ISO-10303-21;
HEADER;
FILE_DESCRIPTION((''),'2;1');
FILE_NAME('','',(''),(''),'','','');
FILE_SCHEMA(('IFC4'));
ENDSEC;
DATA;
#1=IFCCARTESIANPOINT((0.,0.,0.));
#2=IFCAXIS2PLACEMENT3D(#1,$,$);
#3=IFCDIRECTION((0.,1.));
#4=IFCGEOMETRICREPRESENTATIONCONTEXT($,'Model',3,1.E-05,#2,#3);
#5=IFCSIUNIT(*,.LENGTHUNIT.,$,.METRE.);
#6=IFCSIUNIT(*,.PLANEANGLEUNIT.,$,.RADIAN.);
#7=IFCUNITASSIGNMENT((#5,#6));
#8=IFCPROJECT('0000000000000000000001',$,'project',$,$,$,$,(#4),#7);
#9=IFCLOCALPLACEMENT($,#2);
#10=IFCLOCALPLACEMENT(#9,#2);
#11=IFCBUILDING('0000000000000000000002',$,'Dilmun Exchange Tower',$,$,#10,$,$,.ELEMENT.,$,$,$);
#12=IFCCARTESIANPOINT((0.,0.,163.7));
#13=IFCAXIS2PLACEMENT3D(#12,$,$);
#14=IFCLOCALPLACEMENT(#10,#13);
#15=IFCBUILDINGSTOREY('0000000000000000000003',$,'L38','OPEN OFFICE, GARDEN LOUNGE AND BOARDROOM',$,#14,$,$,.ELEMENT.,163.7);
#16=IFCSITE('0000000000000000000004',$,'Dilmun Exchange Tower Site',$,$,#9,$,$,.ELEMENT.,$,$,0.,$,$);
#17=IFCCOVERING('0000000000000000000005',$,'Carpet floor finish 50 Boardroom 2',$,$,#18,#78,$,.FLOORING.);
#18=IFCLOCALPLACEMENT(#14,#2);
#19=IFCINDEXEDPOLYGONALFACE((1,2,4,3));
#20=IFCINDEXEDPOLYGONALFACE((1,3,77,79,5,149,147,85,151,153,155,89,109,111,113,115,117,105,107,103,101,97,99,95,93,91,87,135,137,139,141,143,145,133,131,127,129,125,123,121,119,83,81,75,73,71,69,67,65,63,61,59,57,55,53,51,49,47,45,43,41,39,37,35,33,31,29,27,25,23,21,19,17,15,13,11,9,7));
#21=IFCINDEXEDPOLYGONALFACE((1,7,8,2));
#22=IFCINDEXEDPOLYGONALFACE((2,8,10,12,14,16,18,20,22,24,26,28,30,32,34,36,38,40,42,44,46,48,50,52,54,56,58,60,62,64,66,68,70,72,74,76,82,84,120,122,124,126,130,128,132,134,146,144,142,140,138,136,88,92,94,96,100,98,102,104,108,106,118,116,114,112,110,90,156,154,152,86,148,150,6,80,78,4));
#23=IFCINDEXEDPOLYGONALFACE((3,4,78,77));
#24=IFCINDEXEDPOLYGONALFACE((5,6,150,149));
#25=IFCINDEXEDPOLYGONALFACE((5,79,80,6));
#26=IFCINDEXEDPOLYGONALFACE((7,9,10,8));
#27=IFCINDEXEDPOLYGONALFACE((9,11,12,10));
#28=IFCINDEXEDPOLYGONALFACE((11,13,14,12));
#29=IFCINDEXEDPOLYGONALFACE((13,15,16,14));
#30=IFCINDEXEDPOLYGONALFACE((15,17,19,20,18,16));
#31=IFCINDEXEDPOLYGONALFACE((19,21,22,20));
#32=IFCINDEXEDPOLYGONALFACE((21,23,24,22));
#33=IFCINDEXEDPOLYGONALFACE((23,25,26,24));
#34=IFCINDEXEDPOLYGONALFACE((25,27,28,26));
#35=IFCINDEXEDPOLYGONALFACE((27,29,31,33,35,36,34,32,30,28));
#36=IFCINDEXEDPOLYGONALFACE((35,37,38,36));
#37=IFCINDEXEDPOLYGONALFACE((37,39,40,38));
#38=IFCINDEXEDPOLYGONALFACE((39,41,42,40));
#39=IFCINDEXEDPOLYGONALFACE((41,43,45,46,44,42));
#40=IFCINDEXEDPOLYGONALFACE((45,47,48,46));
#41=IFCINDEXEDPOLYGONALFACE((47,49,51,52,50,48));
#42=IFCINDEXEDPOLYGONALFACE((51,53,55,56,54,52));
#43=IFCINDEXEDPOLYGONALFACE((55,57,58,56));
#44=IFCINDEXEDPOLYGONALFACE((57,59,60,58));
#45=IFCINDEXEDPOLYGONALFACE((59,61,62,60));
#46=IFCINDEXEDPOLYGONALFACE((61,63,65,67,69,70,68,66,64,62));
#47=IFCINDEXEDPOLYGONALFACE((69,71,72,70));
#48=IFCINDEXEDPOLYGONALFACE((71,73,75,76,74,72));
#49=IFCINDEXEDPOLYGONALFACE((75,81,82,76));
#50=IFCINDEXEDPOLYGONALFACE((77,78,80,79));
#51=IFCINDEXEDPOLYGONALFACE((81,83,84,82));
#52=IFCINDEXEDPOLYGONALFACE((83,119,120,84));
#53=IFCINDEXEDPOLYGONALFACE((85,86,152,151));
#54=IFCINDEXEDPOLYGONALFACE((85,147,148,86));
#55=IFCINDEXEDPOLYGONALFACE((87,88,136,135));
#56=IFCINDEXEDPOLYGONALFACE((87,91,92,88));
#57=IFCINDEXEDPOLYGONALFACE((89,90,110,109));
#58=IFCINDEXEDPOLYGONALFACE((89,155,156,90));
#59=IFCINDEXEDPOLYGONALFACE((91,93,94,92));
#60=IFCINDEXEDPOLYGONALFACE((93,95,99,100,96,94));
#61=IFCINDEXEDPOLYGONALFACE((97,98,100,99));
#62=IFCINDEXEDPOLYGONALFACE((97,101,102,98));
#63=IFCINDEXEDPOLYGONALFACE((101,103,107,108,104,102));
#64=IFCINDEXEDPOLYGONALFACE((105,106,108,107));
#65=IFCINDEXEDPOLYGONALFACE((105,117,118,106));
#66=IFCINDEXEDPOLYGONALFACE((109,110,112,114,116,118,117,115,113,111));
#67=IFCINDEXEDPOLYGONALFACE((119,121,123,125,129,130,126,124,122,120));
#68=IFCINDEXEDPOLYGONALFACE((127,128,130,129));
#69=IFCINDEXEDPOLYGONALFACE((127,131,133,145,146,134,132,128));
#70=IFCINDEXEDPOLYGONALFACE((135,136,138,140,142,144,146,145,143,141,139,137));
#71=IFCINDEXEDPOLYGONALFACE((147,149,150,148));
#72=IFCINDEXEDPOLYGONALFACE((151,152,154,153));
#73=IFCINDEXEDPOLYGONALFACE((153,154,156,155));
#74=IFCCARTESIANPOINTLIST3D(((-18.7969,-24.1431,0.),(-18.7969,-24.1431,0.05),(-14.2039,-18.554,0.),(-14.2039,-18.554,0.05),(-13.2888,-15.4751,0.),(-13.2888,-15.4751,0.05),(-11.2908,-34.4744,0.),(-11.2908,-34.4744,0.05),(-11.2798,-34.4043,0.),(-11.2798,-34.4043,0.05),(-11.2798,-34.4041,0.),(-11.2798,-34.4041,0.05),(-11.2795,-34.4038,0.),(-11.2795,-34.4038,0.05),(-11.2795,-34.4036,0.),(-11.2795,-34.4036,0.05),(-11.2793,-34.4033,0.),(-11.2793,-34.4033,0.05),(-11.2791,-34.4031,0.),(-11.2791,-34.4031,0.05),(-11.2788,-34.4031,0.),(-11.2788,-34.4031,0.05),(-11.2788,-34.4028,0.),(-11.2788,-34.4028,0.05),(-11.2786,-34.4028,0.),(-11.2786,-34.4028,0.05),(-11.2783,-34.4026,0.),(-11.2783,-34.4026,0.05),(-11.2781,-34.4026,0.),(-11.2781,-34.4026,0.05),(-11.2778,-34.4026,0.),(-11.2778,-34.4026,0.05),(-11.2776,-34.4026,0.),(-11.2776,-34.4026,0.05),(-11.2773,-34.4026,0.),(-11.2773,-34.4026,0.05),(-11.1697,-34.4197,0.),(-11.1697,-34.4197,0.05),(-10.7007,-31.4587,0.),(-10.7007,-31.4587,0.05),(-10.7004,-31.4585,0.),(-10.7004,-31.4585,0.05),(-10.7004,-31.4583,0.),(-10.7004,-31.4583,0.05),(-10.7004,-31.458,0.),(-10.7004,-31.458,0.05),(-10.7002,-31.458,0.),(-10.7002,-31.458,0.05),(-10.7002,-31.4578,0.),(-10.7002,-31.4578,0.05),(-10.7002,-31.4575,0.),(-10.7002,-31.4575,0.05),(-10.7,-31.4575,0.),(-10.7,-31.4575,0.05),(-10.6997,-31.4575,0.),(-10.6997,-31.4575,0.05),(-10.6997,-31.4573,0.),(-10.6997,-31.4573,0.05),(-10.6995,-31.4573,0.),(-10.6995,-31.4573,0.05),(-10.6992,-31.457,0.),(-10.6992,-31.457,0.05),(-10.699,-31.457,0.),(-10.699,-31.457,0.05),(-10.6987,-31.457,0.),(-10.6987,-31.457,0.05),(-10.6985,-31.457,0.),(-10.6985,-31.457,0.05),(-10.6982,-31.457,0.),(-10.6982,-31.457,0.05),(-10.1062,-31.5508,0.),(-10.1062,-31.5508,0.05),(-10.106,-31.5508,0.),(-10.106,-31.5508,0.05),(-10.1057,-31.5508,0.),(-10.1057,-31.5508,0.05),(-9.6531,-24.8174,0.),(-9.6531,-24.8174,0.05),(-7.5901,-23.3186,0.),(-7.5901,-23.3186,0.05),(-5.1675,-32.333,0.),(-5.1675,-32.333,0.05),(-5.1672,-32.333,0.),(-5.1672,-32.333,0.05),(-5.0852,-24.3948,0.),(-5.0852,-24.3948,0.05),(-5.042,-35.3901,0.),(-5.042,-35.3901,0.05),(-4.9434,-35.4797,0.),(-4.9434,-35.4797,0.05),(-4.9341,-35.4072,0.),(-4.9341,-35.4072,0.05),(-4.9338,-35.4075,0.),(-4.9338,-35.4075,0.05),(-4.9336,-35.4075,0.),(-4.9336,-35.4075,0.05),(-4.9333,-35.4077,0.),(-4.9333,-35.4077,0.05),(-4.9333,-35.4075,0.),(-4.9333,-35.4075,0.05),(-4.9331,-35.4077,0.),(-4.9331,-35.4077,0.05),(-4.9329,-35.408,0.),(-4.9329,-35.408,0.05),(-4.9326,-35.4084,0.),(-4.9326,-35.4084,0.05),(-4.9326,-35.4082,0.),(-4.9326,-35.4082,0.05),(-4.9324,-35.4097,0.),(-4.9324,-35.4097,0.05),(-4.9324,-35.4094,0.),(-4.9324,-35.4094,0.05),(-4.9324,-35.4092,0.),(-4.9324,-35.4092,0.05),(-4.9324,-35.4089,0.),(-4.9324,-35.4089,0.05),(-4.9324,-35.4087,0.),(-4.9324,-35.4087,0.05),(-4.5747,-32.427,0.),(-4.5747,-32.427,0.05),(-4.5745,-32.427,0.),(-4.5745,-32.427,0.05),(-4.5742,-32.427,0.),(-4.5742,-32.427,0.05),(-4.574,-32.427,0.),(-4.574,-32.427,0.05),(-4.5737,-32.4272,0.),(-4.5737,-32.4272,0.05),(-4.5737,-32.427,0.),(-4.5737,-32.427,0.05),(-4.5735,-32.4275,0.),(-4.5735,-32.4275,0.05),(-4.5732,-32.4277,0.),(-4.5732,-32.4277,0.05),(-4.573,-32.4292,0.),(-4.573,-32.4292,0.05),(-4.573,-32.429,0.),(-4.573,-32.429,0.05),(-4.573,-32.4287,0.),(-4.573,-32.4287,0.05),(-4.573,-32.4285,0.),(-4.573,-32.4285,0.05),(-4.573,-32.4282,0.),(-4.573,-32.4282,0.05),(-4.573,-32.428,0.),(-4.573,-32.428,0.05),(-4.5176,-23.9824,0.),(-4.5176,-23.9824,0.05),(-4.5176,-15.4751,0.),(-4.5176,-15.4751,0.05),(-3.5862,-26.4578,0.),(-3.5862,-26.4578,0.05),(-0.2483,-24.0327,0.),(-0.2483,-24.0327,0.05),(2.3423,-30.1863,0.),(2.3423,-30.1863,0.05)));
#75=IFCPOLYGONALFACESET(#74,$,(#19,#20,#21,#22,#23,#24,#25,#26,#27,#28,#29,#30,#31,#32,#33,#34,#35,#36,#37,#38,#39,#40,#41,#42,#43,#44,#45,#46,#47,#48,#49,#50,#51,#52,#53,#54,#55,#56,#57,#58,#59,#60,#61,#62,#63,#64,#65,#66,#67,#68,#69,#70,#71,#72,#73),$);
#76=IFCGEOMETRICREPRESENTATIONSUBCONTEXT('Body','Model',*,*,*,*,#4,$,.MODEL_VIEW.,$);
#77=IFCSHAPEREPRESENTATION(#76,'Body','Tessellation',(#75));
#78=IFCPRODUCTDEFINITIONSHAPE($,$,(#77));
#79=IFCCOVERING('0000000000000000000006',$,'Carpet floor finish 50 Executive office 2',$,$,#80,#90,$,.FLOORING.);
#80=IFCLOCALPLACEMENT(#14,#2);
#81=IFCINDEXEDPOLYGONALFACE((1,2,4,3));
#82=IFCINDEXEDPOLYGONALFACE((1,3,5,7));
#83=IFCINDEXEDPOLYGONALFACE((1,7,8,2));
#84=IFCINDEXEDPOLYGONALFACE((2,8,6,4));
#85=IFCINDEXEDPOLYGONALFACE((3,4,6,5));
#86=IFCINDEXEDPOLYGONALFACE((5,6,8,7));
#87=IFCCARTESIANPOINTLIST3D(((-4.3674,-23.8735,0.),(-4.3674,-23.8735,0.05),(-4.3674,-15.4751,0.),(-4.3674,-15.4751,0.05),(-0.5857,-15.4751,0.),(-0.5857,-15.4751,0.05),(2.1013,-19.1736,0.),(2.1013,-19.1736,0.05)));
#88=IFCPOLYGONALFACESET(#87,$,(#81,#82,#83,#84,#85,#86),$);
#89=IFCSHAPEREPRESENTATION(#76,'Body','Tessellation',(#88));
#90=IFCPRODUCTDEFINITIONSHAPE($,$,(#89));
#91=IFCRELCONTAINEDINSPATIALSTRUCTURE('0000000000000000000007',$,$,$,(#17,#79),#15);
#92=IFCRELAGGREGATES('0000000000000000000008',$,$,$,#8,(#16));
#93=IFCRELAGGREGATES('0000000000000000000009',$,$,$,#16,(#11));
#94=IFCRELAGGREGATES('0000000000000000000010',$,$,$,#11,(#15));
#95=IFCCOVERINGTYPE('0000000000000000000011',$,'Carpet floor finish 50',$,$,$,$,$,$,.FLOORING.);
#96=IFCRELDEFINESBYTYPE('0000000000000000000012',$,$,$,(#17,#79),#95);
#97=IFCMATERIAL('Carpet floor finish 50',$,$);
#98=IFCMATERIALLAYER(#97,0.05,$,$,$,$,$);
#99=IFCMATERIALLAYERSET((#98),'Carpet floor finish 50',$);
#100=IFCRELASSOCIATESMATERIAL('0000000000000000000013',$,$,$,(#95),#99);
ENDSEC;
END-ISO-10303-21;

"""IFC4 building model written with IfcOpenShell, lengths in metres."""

from ifc_helpers import new_model, si_unit, direction, frame, origin, place, context, subcontext, project, spatial, polyline, outline, extrude, material, layer, layer_set, type_object, element, save


model = new_model("IFC4")

# Units and contexts
model_context = context("Model", 3, precision=1e-05, world=origin(), true_north=direction((0.0, 1.0)))
body_context = subcontext(model_context, "Body", "Model", "MODEL_VIEW")
ifc_project = project(units=[si_unit("LENGTHUNIT", "METRE"), si_unit("PLANEANGLEUNIT", "RADIAN")], contexts=[model_context])

# Site, building, storey
site_placement = place(None, origin())
site = spatial("IfcSite", under=ifc_project, at=site_placement, Name="Dilmun Exchange Tower Site", CompositionType="ELEMENT", RefElevation=0.0)
building_placement = place(site_placement, origin())
building = spatial("IfcBuilding", under=site, at=building_placement, Name="Dilmun Exchange Tower", CompositionType="ELEMENT")
storey_placement = place(building_placement, frame((0.0, 0.0, 163.7)))
storey = spatial("IfcBuildingStorey", under=building, at=storey_placement, Name="L38", Description="OPEN OFFICE, GARDEN LOUNGE AND BOARDROOM", CompositionType="ELEMENT", Elevation=163.7)

# Coverings
ifc_material_1 = material(Name="Carpet floor finish 50")
ifc_layer_1 = layer(ifc_material_1, 0.05)
ifc_layer_set_1 = layer_set([ifc_layer_1], Name="Carpet floor finish 50")
covering_type_1 = type_object("IfcCoveringType", Name="Carpet floor finish 50", PredefinedType="FLOORING", material=ifc_layer_set_1)
covering_1_placement = place(storey_placement, origin())
element("IfcCovering", 1, at=covering_1_placement, inside=storey, type_object=covering_type_1, Name="Carpet floor finish 50 Boardroom 2", PredefinedType="FLOORING", context=body_context, shape_type="SweptSolid", body=[
    extrude(outline(polyline([(-14.2039, -18.554), (-9.6531, -24.8174), (-7.5901, -23.3186), (-13.2888, -15.4751), (-4.5176, -15.4751), (-4.5176, -23.9824), (-5.0852, -24.3948), (-3.5862, -26.4578), (-0.2483, -24.0327), (2.3423, -30.1863), (-4.9434, -35.4797), (-4.9324, -35.4097), (-4.9324, -35.4094), (-4.9324, -35.4092), (-4.9324, -35.4089), (-4.9324, -35.4087), (-4.9324, -35.4087), (-4.9326, -35.4084), (-4.9326, -35.4082), (-4.9326, -35.4082), (-4.9329, -35.408), (-4.9331, -35.4077), (-4.9331, -35.4077), (-4.9333, -35.4077), (-4.9333, -35.4075), (-4.9336, -35.4075), (-4.9338, -35.4075), (-4.9341, -35.4072), (-5.042, -35.3901), (-4.573, -32.4292), (-4.573, -32.429), (-4.573, -32.4287), (-4.573, -32.4287), (-4.573, -32.4285), (-4.573, -32.4282), (-4.573, -32.428), (-4.5732, -32.4277), (-4.5732, -32.4277), (-4.5735, -32.4275), (-4.5735, -32.4275), (-4.5737, -32.4272), (-4.5737, -32.427), (-4.574, -32.427), (-4.5742, -32.427), (-4.5745, -32.427), (-4.5747, -32.427), (-5.1672, -32.333), (-5.1675, -32.333), (-5.1675, -32.333), (-10.1057, -31.5508), (-10.106, -31.5508), (-10.106, -31.5508), (-10.1062, -31.5508), (-10.6982, -31.457), (-10.6985, -31.457), (-10.6987, -31.457), (-10.699, -31.457), (-10.6992, -31.457), (-10.6992, -31.457), (-10.6995, -31.4573), (-10.6997, -31.4573), (-10.6997, -31.4575), (-10.7, -31.4575), (-10.7002, -31.4575), (-10.7002, -31.4578), (-10.7002, -31.458), (-10.7004, -31.458), (-10.7004, -31.4583), (-10.7004, -31.4585), (-10.7007, -31.4587), (-11.1697, -34.4197), (-11.2773, -34.4026), (-11.2776, -34.4026), (-11.2778, -34.4026), (-11.2781, -34.4026), (-11.2783, -34.4026), (-11.2783, -34.4026), (-11.2786, -34.4028), (-11.2788, -34.4028), (-11.2788, -34.4031), (-11.2791, -34.4031), (-11.2793, -34.4033), (-11.2793, -34.4033), (-11.2795, -34.4036), (-11.2795, -34.4038), (-11.2795, -34.4038), (-11.2798, -34.4041), (-11.2798, -34.4043), (-11.2908, -34.4744), (-18.7969, -24.1431), (-14.2039, -18.554)])), origin(), (0.0, 0.0, 1.0), 0.05),
])
covering_2_placement = place(storey_placement, origin())
element("IfcCovering", 2, at=covering_2_placement, inside=storey, type_object=covering_type_1, Name="Carpet floor finish 50 Executive office 2", PredefinedType="FLOORING", context=body_context, shape_type="SweptSolid", body=[
    extrude(outline(polyline([(-4.3674, -15.4751), (-0.5857, -15.4751), (2.1013, -19.1736), (-4.3674, -23.8735), (-4.3674, -15.4751)])), origin(), (0.0, 0.0, 1.0), 0.05),
])

save(model, "model.ifc")
